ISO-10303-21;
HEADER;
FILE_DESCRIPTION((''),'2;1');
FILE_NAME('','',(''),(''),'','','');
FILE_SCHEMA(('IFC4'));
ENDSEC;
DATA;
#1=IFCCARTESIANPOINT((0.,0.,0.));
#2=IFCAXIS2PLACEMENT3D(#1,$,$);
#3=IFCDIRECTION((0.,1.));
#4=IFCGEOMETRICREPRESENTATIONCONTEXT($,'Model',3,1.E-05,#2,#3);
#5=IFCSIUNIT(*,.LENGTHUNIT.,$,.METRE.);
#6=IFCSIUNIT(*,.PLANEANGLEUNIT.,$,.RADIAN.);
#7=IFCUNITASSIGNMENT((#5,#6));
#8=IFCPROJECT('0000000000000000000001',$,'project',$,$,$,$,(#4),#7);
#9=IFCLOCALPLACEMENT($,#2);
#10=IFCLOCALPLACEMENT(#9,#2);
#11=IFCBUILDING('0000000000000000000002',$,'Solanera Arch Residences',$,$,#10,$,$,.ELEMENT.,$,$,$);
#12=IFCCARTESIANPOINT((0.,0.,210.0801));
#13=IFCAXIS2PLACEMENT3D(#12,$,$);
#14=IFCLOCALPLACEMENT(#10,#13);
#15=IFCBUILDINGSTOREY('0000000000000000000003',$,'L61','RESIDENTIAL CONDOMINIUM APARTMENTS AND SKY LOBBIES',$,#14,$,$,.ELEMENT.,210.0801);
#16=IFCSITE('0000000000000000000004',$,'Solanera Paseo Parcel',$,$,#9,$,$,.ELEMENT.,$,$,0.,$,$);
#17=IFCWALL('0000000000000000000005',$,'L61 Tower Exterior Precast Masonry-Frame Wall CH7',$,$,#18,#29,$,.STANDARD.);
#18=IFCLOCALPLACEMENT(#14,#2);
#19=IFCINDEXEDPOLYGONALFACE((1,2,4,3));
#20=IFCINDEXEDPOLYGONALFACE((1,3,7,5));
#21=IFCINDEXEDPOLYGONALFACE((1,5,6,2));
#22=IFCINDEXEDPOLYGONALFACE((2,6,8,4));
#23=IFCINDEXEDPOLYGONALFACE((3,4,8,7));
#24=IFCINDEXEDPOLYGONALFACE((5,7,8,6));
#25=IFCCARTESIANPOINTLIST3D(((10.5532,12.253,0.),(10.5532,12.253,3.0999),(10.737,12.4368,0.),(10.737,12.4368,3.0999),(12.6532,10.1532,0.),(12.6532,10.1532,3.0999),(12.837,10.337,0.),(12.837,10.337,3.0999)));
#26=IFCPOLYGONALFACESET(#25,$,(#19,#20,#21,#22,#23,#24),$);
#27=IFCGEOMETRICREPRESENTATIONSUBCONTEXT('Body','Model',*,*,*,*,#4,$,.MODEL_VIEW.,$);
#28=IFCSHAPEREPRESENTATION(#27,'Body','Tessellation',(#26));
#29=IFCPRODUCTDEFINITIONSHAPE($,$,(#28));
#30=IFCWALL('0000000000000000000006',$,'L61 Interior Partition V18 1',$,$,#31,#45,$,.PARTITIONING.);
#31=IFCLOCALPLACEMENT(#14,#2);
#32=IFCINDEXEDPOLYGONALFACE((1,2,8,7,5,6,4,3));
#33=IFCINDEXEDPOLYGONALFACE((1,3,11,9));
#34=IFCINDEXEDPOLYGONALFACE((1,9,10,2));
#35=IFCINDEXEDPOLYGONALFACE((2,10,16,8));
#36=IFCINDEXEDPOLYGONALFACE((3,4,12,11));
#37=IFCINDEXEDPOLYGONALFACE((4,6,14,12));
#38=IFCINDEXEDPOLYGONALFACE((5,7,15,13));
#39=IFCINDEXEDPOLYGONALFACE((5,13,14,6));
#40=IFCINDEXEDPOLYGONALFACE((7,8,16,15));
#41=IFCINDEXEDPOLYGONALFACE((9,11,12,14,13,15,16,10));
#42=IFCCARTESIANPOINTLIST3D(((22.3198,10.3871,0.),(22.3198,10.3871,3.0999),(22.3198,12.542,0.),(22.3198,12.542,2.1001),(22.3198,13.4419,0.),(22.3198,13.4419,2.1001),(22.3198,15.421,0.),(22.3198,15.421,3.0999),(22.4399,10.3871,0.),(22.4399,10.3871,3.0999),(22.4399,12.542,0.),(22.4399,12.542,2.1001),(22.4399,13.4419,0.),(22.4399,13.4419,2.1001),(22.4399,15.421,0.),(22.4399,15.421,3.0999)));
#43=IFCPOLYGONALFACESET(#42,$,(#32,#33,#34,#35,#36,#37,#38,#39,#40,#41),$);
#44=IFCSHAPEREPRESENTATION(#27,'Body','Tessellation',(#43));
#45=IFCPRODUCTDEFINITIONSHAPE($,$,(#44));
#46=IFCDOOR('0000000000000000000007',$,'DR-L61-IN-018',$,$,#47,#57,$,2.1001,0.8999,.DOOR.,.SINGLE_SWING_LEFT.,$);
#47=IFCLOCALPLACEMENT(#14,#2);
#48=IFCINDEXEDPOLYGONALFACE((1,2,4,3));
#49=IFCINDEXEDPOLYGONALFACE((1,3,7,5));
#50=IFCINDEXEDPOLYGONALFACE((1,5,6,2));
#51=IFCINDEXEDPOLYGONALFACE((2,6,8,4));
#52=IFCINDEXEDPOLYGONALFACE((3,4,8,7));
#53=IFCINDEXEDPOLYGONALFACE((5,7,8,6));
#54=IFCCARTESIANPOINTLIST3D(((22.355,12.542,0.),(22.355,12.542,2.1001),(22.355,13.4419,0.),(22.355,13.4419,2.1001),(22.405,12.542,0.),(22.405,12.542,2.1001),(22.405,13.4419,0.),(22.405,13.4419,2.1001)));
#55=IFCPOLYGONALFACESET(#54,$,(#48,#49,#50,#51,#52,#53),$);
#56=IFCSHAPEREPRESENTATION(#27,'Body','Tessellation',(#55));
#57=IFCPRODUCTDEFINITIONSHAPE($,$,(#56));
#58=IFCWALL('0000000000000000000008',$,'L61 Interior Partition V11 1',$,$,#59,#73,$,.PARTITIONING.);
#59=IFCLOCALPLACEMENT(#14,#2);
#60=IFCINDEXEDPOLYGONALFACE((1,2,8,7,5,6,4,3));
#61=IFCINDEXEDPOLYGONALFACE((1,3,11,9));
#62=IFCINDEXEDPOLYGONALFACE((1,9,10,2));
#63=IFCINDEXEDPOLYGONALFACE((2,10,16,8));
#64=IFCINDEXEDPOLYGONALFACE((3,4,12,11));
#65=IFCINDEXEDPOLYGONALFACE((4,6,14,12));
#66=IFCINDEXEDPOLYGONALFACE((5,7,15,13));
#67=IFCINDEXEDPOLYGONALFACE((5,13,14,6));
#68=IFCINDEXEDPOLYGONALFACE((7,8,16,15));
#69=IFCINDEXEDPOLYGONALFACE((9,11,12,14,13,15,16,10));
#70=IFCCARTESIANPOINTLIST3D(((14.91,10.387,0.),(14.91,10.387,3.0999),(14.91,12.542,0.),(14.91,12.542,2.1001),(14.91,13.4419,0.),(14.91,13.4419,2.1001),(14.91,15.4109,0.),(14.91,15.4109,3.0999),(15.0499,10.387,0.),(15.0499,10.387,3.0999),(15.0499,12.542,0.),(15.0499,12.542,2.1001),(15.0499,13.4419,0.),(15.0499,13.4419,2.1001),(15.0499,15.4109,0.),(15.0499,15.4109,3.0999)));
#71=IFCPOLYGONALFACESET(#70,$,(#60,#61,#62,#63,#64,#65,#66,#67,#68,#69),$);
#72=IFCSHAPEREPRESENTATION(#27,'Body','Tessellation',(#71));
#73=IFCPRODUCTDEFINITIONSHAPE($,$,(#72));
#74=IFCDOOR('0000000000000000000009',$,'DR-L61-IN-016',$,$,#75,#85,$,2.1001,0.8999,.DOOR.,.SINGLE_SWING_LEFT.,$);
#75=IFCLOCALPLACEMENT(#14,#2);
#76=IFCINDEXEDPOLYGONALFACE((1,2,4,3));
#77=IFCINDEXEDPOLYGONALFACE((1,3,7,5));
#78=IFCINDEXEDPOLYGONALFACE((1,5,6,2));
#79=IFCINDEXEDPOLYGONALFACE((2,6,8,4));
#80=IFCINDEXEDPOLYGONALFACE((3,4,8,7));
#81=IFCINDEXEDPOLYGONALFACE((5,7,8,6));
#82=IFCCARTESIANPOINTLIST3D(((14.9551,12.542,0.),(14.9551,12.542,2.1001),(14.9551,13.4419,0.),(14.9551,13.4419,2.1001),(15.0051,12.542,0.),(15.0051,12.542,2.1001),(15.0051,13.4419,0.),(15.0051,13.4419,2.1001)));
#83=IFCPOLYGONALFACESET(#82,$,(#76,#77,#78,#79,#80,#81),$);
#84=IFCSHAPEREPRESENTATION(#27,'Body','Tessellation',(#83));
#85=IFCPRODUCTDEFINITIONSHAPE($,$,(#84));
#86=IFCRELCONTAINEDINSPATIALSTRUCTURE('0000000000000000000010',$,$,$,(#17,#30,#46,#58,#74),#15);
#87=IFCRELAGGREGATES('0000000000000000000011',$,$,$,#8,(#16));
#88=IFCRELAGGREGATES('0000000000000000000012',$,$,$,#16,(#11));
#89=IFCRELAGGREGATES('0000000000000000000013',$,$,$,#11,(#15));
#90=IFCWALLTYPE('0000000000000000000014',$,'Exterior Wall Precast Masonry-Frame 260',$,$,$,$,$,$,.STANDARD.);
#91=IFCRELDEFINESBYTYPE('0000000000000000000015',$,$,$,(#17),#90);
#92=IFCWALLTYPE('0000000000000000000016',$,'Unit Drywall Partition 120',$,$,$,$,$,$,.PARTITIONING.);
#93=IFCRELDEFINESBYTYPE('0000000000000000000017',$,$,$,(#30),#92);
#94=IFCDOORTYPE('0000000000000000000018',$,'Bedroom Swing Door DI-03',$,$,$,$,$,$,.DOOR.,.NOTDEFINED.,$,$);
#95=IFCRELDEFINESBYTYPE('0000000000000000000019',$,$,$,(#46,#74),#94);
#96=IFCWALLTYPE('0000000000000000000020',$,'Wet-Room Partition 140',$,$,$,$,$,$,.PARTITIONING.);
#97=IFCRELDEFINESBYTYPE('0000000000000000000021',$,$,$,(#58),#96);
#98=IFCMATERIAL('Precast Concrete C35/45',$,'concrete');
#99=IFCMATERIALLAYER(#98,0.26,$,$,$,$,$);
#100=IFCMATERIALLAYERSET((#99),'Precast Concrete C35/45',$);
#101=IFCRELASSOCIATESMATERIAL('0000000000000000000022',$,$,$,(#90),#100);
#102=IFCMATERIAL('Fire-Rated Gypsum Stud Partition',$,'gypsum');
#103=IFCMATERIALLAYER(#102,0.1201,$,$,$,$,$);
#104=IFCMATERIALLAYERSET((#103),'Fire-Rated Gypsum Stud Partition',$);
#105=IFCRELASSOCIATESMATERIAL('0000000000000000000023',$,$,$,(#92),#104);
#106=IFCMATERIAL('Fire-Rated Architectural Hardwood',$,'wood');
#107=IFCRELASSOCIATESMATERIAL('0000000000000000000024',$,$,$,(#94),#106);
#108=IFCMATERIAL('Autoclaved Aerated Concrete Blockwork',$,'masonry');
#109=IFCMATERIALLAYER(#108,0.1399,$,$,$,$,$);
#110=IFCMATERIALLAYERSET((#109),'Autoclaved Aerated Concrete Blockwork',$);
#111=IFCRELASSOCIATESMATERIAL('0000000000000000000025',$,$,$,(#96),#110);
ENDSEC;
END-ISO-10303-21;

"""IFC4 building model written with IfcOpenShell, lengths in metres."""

from ifc_helpers import new_model, si_unit, direction, frame, frame_2d, origin, place, context, subcontext, project, spatial, rectangle, extrude, material, layer, layer_set, type_object, element, fill, save


model = new_model("IFC4")

# Units and contexts
model_context = context("Model", 3, precision=1e-05, world=origin(), true_north=direction((0.0, 1.0)))
body_context = subcontext(model_context, "Body", "Model", "MODEL_VIEW")
ifc_project = project(units=[si_unit("LENGTHUNIT", "METRE"), si_unit("PLANEANGLEUNIT", "RADIAN")], contexts=[model_context])

# Site, building, storey
site_placement = place(None, origin())
site = spatial("IfcSite", under=ifc_project, at=site_placement, Name="Solanera Paseo Parcel", CompositionType="ELEMENT", RefElevation=0.0)
building_placement = place(site_placement, origin())
building = spatial("IfcBuilding", under=site, at=building_placement, Name="Solanera Arch Residences", CompositionType="ELEMENT")
storey_placement = place(building_placement, frame((0.0, 0.0, 210.0801)))
storey = spatial("IfcBuildingStorey", under=building, at=storey_placement, Name="L61", Description="RESIDENTIAL CONDOMINIUM APARTMENTS AND SKY LOBBIES", CompositionType="ELEMENT", Elevation=210.0801)

# Wall
ifc_material_1 = material(Name="Precast Concrete C35/45", Category="concrete")
ifc_layer_1 = layer(ifc_material_1, 0.26)
ifc_layer_set_1 = layer_set([ifc_layer_1], Name="Precast Concrete C35/45")
wall_type_1 = type_object("IfcWallType", Name="Exterior Wall Precast Masonry-Frame 260", PredefinedType="STANDARD", material=ifc_layer_set_1)
wall_1_placement = place(storey_placement, frame((12.7451, 10.2451, 0.0), z_axis=(0.0, 0.0, 1.0), x_axis=(-0.707148, 0.707066, 0.0)))
element("IfcWall", 1, at=wall_1_placement, inside=storey, type_object=wall_type_1, Name="L61 Tower Exterior Precast Masonry-Frame Wall CH7", PredefinedType="STANDARD", context=body_context, shape_type="SweptSolid", body=[
    extrude(rectangle(XDim=2.9697, YDim=0.26, at=frame_2d((1.4849, 0.0))), origin(), (0.0, 0.0, 1.0), 3.0999),
])

# Walls, openings, doors
ifc_material_2 = material(Name="Fire-Rated Gypsum Stud Partition", Category="gypsum")
ifc_layer_2 = layer(ifc_material_2, 0.1201)
ifc_layer_set_2 = layer_set([ifc_layer_2], Name="Fire-Rated Gypsum Stud Partition")
wall_type_2 = type_object("IfcWallType", Name="Unit Drywall Partition 120", PredefinedType="PARTITIONING", material=ifc_layer_set_2)
wall_2_placement = place(storey_placement, frame((22.3799, 10.387, 0.0), z_axis=(0.0, 0.0, 1.0), x_axis=(0.0, 1.0, 0.0)))
wall_2 = element("IfcWall", 2, at=wall_2_placement, inside=storey, type_object=wall_type_2, Name="L61 Interior Partition V18 1", PredefinedType="PARTITIONING", context=body_context, shape_type="SweptSolid", body=[
    extrude(rectangle(XDim=5.0339, YDim=0.1201, at=frame_2d((2.5171, 0.0))), origin(), (0.0, 0.0, 1.0), 3.0999),
])
opening_1_placement = place(wall_2_placement, frame((2.155, 0.0, 0.0)))
opening_1 = element("IfcOpeningElement", 3, at=opening_1_placement, cuts=wall_2, PredefinedType="OPENING", context=body_context, shape_type="SweptSolid", body=[
    extrude(rectangle(XDim=0.8999, YDim=2.1001, at=frame_2d((0.45, 1.05))), frame((0.0, 0.0701, 0.0), z_axis=(0.0, -1.0, 0.0), x_axis=(1.0, 0.0, 0.0)), (0.0, 0.0, 1.0), 0.1401),
])
ifc_material_3 = material(Name="Fire-Rated Architectural Hardwood", Category="wood")
door_type = type_object("IfcDoorType", Name="Bedroom Swing Door DI-03", OperationType="NOTDEFINED", PredefinedType="DOOR", material=ifc_material_3)
door_1_placement = place(opening_1_placement, origin())
door_1 = element("IfcDoor", 4, at=door_1_placement, inside=storey, type_object=door_type, Name="DR-L61-IN-018", OperationType="SINGLE_SWING_LEFT", OverallHeight=2.1001, OverallWidth=0.8999, PredefinedType="DOOR", context=body_context, shape_type="SweptSolid", body=[
    extrude(rectangle(XDim=0.8999, YDim=2.1001, at=frame_2d((0.45, 1.05))), frame((0.0, 0.0249, 0.0), z_axis=(0.0, -1.0, 0.0), x_axis=(1.0, 0.0, 0.0)), (0.0, 0.0, 1.0), 0.05),
])
fill(opening_1, door_1)
ifc_material_4 = material(Name="Autoclaved Aerated Concrete Blockwork", Category="masonry")
ifc_layer_3 = layer(ifc_material_4, 0.1399)
ifc_layer_set_3 = layer_set([ifc_layer_3], Name="Autoclaved Aerated Concrete Blockwork")
wall_type_3 = type_object("IfcWallType", Name="Wet-Room Partition 140", PredefinedType="PARTITIONING", material=ifc_layer_set_3)
wall_3_placement = place(storey_placement, frame((14.98, 10.387, 0.0), z_axis=(0.0, 0.0, 1.0), x_axis=(0.0, 1.0, 0.0)))
wall_3 = element("IfcWall", 5, at=wall_3_placement, inside=storey, type_object=wall_type_3, Name="L61 Interior Partition V11 1", PredefinedType="PARTITIONING", context=body_context, shape_type="SweptSolid", body=[
    extrude(rectangle(XDim=5.0239, YDim=0.1399, at=frame_2d((2.512, 0.0))), origin(), (0.0, 0.0, 1.0), 3.0999),
])
opening_2_placement = place(wall_3_placement, frame((2.155, 0.0, 0.0)))
opening_2 = element("IfcOpeningElement", 6, at=opening_2_placement, cuts=wall_3, PredefinedType="OPENING", context=body_context, shape_type="SweptSolid", body=[
    extrude(rectangle(XDim=0.8999, YDim=2.1001, at=frame_2d((0.45, 1.05))), frame((0.0, 0.0798, 0.0), z_axis=(0.0, -1.0, 0.0), x_axis=(1.0, 0.0, 0.0)), (0.0, 0.0, 1.0), 0.1599),
])
door_2_placement = place(opening_2_placement, origin())
door_2 = element("IfcDoor", 7, at=door_2_placement, inside=storey, type_object=door_type, Name="DR-L61-IN-016", OperationType="SINGLE_SWING_LEFT", OverallHeight=2.1001, OverallWidth=0.8999, PredefinedType="DOOR", context=body_context, shape_type="SweptSolid", body=[
    extrude(rectangle(XDim=0.8999, YDim=2.1001, at=frame_2d((0.45, 1.05))), frame((0.0, 0.0249, 0.0), z_axis=(0.0, -1.0, 0.0), x_axis=(1.0, 0.0, 0.0)), (0.0, 0.0, 1.0), 0.05),
])
fill(opening_2, door_2)

save(model, "model.ifc")
